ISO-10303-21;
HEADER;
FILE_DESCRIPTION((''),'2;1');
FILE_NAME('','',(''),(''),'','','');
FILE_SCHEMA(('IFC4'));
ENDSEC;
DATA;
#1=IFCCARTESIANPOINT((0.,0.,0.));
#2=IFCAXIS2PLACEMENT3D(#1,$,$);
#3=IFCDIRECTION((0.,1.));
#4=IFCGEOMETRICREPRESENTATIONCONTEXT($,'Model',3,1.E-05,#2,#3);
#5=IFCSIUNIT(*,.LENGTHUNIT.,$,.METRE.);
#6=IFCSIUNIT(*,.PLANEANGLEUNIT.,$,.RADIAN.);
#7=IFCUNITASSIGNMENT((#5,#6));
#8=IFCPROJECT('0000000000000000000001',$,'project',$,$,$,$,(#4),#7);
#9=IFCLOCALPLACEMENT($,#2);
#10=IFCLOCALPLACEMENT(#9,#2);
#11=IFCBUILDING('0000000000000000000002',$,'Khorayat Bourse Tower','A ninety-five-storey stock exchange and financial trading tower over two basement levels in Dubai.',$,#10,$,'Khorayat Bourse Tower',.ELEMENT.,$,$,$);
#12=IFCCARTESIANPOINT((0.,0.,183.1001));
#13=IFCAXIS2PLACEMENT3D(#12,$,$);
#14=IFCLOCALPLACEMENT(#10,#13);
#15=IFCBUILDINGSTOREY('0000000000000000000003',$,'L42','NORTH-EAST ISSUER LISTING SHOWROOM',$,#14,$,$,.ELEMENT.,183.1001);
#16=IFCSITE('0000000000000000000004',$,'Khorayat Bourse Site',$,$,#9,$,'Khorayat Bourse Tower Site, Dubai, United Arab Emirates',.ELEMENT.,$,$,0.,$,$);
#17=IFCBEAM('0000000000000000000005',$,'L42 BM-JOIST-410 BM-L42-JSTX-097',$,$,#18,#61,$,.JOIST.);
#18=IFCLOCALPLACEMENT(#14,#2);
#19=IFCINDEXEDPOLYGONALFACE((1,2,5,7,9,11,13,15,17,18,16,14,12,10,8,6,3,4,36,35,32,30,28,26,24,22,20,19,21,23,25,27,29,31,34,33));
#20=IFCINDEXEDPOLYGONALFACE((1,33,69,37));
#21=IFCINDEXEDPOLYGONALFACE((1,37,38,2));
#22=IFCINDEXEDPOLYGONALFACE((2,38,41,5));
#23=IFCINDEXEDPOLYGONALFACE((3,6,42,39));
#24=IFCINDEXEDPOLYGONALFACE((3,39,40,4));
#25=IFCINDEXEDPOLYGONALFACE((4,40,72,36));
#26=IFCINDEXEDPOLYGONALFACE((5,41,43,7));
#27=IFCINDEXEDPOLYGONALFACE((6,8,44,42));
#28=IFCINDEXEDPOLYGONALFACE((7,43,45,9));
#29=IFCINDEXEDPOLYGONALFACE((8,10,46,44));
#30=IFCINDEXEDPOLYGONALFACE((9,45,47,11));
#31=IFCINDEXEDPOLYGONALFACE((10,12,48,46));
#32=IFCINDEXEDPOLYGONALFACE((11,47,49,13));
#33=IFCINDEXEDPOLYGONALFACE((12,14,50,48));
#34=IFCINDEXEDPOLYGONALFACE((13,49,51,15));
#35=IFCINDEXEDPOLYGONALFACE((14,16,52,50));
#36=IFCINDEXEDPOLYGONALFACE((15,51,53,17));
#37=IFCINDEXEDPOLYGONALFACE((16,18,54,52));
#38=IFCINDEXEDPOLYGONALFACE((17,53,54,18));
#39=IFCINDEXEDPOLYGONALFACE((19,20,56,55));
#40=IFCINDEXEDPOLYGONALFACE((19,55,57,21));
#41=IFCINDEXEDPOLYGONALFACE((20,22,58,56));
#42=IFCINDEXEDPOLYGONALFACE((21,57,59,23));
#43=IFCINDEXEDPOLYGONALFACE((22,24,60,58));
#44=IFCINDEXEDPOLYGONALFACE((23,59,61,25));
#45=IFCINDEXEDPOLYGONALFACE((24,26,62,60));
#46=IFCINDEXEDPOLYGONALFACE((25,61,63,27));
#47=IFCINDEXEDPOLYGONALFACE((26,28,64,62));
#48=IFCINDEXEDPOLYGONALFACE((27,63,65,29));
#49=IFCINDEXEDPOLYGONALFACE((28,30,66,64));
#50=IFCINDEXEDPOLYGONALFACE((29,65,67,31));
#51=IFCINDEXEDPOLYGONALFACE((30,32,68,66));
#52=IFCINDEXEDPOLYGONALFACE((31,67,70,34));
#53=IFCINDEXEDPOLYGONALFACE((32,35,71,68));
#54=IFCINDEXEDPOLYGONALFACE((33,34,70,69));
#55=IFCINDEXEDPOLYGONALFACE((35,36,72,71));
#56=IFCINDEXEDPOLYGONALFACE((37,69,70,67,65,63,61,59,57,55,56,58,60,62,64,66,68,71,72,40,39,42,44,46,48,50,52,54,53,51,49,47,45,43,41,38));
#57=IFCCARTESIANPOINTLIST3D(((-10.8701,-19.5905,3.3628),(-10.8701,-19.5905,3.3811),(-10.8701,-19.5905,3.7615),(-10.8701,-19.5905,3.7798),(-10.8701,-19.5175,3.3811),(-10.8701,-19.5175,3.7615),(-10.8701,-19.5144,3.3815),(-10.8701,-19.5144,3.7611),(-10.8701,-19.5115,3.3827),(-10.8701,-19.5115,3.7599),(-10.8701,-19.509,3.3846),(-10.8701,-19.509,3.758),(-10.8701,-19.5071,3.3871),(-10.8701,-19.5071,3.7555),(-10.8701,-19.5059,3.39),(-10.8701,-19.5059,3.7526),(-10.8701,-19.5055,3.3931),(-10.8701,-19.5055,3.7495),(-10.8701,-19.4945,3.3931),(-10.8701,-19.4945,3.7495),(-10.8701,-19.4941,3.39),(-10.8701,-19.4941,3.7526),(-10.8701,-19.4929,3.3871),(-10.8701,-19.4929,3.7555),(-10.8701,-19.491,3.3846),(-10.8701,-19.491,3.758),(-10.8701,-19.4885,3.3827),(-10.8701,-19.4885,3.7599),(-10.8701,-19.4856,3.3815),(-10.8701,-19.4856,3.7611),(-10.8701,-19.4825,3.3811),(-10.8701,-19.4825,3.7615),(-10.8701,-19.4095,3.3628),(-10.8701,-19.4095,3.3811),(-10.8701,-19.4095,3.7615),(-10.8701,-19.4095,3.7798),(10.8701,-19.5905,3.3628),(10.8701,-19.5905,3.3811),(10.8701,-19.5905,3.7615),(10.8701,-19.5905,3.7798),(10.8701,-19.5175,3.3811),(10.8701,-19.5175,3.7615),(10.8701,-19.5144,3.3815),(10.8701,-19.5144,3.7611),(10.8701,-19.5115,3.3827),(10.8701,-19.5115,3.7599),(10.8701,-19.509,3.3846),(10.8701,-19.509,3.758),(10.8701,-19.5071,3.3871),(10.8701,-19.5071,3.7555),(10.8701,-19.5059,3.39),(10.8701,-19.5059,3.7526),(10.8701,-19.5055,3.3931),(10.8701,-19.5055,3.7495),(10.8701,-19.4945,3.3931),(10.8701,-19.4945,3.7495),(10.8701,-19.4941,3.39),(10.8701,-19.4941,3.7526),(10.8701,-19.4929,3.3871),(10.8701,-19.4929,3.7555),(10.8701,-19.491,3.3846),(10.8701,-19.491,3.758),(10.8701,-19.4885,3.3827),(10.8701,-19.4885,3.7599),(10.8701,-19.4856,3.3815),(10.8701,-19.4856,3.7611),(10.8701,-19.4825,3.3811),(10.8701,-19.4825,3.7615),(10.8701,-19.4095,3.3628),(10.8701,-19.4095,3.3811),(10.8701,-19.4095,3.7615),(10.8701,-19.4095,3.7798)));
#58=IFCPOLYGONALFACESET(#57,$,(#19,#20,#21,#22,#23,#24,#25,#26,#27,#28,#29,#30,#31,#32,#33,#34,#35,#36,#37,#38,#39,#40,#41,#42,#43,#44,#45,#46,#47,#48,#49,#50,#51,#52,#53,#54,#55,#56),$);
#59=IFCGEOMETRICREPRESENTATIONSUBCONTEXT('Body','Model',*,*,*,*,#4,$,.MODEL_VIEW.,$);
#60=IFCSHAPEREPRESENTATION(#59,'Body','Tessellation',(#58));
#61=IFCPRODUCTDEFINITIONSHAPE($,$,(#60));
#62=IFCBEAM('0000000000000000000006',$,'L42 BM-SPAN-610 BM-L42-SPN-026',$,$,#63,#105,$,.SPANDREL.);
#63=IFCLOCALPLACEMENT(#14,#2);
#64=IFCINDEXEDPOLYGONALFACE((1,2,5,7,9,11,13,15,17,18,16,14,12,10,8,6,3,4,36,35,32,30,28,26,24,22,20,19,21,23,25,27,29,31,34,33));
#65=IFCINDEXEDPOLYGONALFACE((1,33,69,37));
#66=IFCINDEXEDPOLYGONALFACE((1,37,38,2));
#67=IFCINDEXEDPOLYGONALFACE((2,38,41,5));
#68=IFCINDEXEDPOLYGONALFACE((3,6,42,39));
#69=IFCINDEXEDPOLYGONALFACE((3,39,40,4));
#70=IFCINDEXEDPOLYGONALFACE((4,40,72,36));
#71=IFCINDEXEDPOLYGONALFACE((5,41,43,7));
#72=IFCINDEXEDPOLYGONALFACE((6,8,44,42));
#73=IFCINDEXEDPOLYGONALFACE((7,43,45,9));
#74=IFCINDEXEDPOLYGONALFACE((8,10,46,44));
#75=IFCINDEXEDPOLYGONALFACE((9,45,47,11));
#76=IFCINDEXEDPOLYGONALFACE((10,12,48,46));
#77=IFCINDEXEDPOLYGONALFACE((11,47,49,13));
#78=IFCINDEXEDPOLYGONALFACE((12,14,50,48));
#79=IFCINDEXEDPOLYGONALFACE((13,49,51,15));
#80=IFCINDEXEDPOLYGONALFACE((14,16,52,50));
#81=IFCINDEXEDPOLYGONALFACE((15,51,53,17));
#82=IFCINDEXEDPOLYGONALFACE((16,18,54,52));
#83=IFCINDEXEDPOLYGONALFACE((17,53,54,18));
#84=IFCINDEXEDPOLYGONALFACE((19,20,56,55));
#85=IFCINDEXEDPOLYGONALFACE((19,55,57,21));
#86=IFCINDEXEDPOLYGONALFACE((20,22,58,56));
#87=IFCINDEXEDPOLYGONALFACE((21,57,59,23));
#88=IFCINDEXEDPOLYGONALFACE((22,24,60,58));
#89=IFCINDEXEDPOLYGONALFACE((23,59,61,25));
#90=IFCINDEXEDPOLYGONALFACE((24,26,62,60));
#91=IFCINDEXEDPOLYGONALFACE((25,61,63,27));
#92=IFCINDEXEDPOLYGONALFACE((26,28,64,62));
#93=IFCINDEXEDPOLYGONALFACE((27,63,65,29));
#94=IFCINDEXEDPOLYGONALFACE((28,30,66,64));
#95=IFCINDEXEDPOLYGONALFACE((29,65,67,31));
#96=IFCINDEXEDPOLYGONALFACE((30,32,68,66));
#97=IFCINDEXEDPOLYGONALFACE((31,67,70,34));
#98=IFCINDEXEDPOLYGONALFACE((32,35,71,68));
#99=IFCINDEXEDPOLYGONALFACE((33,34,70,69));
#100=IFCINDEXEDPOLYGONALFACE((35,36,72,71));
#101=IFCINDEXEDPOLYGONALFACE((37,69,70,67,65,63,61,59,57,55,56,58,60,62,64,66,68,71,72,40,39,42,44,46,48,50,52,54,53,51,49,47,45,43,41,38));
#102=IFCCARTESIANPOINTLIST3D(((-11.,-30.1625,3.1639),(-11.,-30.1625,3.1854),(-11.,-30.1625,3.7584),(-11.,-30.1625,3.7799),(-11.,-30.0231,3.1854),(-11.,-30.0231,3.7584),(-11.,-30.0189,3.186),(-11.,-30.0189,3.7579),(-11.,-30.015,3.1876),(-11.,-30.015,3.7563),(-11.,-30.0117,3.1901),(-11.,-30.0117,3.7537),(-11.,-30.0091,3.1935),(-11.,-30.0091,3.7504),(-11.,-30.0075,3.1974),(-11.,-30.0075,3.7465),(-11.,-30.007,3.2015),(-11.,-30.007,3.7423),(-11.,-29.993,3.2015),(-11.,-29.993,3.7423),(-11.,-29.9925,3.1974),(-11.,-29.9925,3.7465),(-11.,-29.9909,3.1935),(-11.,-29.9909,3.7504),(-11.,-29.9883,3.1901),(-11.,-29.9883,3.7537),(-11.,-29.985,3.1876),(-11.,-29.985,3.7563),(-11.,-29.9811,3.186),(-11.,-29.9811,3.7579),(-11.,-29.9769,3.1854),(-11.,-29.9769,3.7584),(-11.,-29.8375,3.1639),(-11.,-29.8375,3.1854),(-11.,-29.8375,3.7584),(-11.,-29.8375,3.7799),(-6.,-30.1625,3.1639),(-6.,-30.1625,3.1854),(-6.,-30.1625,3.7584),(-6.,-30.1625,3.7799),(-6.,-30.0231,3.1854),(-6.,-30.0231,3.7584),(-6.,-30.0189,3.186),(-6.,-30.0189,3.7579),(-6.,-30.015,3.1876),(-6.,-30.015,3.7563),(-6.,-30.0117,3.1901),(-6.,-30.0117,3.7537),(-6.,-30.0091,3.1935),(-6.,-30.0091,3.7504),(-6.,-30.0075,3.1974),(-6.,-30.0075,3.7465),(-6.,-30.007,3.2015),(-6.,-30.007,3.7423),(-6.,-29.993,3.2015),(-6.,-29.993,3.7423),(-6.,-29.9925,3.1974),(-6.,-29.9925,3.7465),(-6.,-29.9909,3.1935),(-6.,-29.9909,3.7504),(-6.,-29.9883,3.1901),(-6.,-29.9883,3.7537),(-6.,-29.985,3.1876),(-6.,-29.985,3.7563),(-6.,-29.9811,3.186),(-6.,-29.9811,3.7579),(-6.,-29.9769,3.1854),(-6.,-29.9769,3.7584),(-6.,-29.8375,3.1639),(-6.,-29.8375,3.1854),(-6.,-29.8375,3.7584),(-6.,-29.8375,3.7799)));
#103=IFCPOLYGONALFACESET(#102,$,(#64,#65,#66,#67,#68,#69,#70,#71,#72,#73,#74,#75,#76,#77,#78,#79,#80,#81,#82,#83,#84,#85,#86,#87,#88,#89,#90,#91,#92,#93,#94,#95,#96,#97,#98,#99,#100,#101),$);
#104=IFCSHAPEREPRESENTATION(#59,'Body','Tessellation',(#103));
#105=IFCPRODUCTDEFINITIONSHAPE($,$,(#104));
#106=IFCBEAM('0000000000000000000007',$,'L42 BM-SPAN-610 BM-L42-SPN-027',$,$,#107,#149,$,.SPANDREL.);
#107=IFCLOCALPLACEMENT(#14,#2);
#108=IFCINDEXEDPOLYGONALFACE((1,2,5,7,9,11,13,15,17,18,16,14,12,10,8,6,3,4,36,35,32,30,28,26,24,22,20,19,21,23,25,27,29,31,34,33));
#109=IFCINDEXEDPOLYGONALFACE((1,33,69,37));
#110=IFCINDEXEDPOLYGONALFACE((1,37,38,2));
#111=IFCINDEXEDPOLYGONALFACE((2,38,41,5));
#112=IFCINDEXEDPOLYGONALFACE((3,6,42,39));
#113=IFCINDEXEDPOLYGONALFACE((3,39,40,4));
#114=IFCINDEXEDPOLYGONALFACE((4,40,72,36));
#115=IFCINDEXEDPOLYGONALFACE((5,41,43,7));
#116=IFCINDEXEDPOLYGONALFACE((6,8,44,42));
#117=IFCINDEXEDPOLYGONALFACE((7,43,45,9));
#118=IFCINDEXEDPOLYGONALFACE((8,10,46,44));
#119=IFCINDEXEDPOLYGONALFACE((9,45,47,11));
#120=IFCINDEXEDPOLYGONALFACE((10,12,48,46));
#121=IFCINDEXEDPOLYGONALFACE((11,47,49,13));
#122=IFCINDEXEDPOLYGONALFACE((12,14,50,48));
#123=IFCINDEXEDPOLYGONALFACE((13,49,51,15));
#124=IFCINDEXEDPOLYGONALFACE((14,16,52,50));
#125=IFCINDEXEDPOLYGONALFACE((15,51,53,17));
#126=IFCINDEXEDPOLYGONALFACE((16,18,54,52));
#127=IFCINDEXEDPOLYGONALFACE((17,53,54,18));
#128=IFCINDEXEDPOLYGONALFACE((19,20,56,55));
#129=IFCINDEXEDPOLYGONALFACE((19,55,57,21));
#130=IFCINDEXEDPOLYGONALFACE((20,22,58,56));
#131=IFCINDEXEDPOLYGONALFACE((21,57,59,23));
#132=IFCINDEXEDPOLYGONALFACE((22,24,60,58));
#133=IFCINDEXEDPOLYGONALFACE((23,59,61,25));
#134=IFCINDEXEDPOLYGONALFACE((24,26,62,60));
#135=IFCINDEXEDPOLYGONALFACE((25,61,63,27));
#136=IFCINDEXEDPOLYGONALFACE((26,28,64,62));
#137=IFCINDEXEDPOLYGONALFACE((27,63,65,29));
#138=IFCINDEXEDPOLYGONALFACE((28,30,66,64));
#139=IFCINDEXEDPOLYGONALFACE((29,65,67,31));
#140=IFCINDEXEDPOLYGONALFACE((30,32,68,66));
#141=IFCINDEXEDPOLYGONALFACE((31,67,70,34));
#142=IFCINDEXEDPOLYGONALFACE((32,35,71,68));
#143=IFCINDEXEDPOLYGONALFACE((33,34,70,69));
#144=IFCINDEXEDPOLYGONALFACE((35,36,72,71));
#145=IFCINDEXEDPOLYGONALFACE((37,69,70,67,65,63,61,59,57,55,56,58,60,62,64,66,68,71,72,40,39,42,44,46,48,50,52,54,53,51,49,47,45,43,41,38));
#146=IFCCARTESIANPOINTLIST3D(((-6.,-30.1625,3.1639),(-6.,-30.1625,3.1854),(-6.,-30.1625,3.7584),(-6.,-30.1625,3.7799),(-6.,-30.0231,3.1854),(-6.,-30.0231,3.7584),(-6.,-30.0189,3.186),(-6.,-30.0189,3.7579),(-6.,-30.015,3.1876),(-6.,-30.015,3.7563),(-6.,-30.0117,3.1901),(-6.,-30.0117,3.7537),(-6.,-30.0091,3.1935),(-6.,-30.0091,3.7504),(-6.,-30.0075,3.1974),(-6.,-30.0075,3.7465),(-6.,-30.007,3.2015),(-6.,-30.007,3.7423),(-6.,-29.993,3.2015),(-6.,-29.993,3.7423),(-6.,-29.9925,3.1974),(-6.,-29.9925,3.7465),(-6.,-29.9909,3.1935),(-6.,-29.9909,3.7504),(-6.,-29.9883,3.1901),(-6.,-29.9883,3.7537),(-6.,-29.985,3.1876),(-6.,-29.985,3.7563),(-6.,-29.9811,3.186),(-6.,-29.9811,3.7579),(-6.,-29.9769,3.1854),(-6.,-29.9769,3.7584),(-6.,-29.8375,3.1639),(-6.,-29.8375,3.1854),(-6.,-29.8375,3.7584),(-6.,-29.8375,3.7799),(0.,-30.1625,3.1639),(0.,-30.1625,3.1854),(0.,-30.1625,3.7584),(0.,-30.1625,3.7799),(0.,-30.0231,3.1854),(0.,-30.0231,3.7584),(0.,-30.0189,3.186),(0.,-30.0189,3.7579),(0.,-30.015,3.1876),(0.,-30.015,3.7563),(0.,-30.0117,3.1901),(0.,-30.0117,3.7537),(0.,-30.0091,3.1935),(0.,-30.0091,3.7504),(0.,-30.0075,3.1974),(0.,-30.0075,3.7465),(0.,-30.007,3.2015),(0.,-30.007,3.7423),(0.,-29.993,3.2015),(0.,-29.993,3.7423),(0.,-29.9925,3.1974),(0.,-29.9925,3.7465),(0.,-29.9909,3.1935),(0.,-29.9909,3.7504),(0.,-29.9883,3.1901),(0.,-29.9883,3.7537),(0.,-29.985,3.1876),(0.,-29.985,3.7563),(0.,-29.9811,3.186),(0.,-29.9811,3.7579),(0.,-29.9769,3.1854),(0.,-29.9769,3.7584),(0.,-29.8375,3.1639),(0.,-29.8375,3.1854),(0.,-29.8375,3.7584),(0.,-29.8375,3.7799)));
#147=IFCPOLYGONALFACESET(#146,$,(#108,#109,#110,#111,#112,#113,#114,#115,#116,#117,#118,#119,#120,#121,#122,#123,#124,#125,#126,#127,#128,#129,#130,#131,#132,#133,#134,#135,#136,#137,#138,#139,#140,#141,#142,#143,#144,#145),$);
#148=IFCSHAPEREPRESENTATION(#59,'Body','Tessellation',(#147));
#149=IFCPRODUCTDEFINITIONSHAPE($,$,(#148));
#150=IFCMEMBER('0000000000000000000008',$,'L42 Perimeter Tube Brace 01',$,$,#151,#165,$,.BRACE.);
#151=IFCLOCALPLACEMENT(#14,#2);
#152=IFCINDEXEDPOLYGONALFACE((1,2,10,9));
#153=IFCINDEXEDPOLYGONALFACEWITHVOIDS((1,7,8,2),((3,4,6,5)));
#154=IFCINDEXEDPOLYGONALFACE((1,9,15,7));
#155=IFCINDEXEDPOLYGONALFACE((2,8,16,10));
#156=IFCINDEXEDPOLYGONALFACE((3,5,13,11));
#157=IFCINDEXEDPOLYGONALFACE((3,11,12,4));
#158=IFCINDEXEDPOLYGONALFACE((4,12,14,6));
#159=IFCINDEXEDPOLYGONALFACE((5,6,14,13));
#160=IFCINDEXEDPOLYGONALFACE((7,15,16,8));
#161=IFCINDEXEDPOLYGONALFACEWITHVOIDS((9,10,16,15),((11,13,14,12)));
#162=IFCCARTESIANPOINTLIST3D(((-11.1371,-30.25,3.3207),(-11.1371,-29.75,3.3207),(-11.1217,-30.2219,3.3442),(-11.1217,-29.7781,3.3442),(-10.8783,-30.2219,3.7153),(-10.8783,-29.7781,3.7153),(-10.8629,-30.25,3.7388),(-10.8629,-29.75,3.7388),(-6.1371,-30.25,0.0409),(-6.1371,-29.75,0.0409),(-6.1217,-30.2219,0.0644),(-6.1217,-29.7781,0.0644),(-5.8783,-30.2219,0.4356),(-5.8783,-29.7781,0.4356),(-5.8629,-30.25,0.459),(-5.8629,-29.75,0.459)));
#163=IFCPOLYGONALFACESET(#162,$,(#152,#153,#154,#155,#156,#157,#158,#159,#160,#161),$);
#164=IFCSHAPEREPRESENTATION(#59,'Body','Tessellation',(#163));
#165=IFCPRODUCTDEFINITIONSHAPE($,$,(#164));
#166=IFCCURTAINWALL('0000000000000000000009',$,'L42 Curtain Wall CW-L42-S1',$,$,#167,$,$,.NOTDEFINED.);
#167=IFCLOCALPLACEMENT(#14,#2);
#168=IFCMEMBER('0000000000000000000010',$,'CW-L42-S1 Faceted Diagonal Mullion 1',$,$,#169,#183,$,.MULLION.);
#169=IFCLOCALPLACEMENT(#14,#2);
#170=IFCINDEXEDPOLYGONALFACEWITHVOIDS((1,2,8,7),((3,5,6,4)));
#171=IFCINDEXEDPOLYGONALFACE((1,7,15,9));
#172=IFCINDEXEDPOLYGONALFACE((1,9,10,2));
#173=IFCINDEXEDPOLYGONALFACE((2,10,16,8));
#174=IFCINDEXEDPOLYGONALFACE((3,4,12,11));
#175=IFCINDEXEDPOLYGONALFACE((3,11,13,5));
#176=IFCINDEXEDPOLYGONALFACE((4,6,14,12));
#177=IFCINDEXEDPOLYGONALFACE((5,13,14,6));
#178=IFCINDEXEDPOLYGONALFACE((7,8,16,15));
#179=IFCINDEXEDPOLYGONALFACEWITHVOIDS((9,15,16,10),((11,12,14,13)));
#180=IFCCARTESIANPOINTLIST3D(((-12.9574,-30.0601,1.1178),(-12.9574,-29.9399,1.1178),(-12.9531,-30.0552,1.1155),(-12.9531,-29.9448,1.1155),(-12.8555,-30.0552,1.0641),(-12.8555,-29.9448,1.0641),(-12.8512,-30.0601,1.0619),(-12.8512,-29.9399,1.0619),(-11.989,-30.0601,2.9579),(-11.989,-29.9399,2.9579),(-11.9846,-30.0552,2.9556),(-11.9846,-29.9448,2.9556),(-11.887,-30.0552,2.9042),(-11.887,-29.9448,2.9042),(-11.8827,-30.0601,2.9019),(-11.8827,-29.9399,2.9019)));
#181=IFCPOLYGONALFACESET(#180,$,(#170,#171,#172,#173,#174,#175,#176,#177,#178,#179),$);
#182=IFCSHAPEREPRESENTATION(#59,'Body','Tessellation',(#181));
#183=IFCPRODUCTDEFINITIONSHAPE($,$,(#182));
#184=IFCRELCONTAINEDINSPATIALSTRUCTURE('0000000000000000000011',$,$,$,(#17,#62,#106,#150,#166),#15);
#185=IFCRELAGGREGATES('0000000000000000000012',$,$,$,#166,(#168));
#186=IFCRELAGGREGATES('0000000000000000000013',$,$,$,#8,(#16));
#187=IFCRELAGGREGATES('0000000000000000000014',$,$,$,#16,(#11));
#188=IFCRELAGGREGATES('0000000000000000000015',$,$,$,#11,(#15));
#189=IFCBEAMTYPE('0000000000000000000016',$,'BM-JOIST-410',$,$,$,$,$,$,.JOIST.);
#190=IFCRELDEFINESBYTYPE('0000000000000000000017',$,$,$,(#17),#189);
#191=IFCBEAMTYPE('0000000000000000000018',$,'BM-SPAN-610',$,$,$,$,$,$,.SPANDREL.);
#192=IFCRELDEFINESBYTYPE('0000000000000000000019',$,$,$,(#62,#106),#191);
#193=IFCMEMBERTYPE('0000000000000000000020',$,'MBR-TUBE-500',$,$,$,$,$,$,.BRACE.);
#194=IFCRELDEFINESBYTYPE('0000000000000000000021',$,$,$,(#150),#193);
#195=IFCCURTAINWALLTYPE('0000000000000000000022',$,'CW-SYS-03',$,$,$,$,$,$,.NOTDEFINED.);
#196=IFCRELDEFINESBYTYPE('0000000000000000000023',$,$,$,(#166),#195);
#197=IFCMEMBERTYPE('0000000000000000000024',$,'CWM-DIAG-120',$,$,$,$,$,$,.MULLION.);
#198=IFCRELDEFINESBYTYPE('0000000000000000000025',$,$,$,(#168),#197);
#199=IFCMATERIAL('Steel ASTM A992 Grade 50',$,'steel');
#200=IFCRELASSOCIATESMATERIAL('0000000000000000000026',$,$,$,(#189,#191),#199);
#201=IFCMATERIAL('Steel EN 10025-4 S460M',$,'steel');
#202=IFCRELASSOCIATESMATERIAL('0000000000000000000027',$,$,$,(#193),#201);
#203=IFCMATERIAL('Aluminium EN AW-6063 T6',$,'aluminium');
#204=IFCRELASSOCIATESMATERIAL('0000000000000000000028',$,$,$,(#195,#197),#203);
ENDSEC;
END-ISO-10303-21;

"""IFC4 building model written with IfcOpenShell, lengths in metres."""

from ifc_helpers import new_model, si_unit, direction, frame, origin, origin_2d, place, context, subcontext, project, spatial, hollow_rectangle, i_section, extrude, source, transform, mapped, material, material_profile, profile_set, type_object, element, aggregate, save


model = new_model("IFC4")

# Units and contexts
model_context = context("Model", 3, precision=1e-05, world=origin(), true_north=direction((0.0, 1.0)))
body_context = subcontext(model_context, "Body", "Model", "MODEL_VIEW")
ifc_project = project(units=[si_unit("LENGTHUNIT", "METRE"), si_unit("PLANEANGLEUNIT", "RADIAN")], contexts=[model_context])

# Site, building, storey
site_placement = place(None, origin())
site = spatial("IfcSite", under=ifc_project, at=site_placement, Name="Khorayat Bourse Site", LongName="Khorayat Bourse Tower Site, Dubai, United Arab Emirates", CompositionType="ELEMENT", RefElevation=0.0)
building_placement = place(site_placement, origin())
building = spatial("IfcBuilding", under=site, at=building_placement, Name="Khorayat Bourse Tower", Description="A ninety-five-storey stock exchange and financial trading tower over two basement levels in Dubai.", LongName="Khorayat Bourse Tower", CompositionType="ELEMENT")
storey_placement = place(building_placement, frame((0.0, 0.0, 183.1001)))
storey = spatial("IfcBuildingStorey", under=building, at=storey_placement, Name="L42", Description="NORTH-EAST ISSUER LISTING SHOWROOM", CompositionType="ELEMENT", Elevation=183.1001)

# Shared definitions
ifc_material_1 = material(Name="Steel EN 10025-4 S460M", Category="steel")

# Beams
ifc_material_2 = material(Name="Steel ASTM A992 Grade 50", Category="steel")
ifc_material_profile_1 = material_profile(ifc_material_2, i_section(OverallWidth=0.1809, OverallDepth=0.417, WebThickness=0.011, FlangeThickness=0.0183, FilletRadius=0.012, at=origin_2d()), Name="W410X85")
ifc_profile_set_1 = profile_set([ifc_material_profile_1], Name="Steel ASTM A992 Grade 50")
beam_type_1 = type_object("IfcBeamType", Name="BM-JOIST-410", PredefinedType="JOIST", material=ifc_profile_set_1)
shared_shape_1 = source(origin(), body_context, "Body", "SweptSolid", [
    extrude(i_section(OverallWidth=0.1809, OverallDepth=0.417, WebThickness=0.011, FlangeThickness=0.0183, FilletRadius=0.012, at=origin_2d()), origin(), (0.0, 0.0, 1.0), 21.7402),
])
beam_1_placement = place(storey_placement, frame((-10.8701, -19.5, 3.5713), z_axis=(1.0, 0.0, 0.0), x_axis=(0.0, 1.0, 0.0)))
element("IfcBeam", 1, at=beam_1_placement, inside=storey, type_object=beam_type_1, Name="L42 BM-JOIST-410 BM-L42-JSTX-097", PredefinedType="JOIST", context=body_context, shape_type="MappedRepresentation", body=[
    mapped(shared_shape_1, transform((0.0, 0.0, 0.0), scale=1.0)),
])
ifc_material_profile_2 = material_profile(ifc_material_2, i_section(OverallWidth=0.325, OverallDepth=0.616, WebThickness=0.0139, FlangeThickness=0.0215, FilletRadius=0.0161, at=origin_2d()), Name="W610X174")
ifc_profile_set_2 = profile_set([ifc_material_profile_2], Name="Steel ASTM A992 Grade 50")
beam_type_2 = type_object("IfcBeamType", Name="BM-SPAN-610", PredefinedType="SPANDREL", material=ifc_profile_set_2)
shared_shape_2 = source(origin(), body_context, "Body", "SweptSolid", [
    extrude(i_section(OverallWidth=0.325, OverallDepth=0.616, WebThickness=0.0139, FlangeThickness=0.0215, FilletRadius=0.0161, at=origin_2d()), origin(), (0.0, 0.0, 1.0), 5.0),
])
beam_2_placement = place(storey_placement, frame((-11.0, -30.0, 3.4719), z_axis=(1.0, 0.0, 0.0), x_axis=(0.0, 1.0, 0.0)))
element("IfcBeam", 2, at=beam_2_placement, inside=storey, type_object=beam_type_2, Name="L42 BM-SPAN-610 BM-L42-SPN-026", PredefinedType="SPANDREL", context=body_context, shape_type="MappedRepresentation", body=[
    mapped(shared_shape_2, transform((0.0, 0.0, 0.0), scale=1.0)),
])
shared_shape_3 = source(origin(), body_context, "Body", "SweptSolid", [
    extrude(i_section(OverallWidth=0.325, OverallDepth=0.616, WebThickness=0.0139, FlangeThickness=0.0215, FilletRadius=0.0161, at=origin_2d()), origin(), (0.0, 0.0, 1.0), 6.0),
])
beam_3_placement = place(storey_placement, frame((-6.0, -30.0, 3.4719), z_axis=(1.0, 0.0, 0.0), x_axis=(0.0, 1.0, 0.0)))
element("IfcBeam", 3, at=beam_3_placement, inside=storey, type_object=beam_type_2, Name="L42 BM-SPAN-610 BM-L42-SPN-027", PredefinedType="SPANDREL", context=body_context, shape_type="MappedRepresentation", body=[
    mapped(shared_shape_3, transform((0.0, 0.0, 0.0), scale=1.0)),
])

# Member
ifc_material_profile_3 = material_profile(ifc_material_1, hollow_rectangle(XDim=0.5, YDim=0.5, WallThickness=0.0281, at=origin_2d()), Name="HSS 500x500x28")
ifc_profile_set_3 = profile_set([ifc_material_profile_3], Name="Steel EN 10025-4 S460M")
member_type_1 = type_object("IfcMemberType", Name="MBR-TUBE-500", PredefinedType="BRACE", material=ifc_profile_set_3)
shared_shape_4 = source(origin(), body_context, "Body", "SweptSolid", [
    extrude(hollow_rectangle(XDim=0.5, YDim=0.5, WallThickness=0.0281, at=origin_2d()), origin(), (0.0, 0.0, 1.0), 5.9797),
])
member_1_placement = place(storey_placement, frame((-11.0, -30.0, 3.5298), z_axis=(0.83616, 0.0, -0.548485), x_axis=(0.0, 1.0, 0.0)))
element("IfcMember", 4, at=member_1_placement, inside=storey, type_object=member_type_1, Name="L42 Perimeter Tube Brace 01", PredefinedType="BRACE", context=body_context, shape_type="MappedRepresentation", body=[
    mapped(shared_shape_4, transform((0.0, 0.0, 0.0), scale=1.0)),
])

# Curtain wall, member
ifc_material_3 = material(Name="Aluminium EN AW-6063 T6", Category="aluminium")
curtain_wall_type = type_object("IfcCurtainWallType", Name="CW-SYS-03", PredefinedType="NOTDEFINED", material=ifc_material_3)
curtain_wall_placement = place(storey_placement, origin())
curtain_wall = element("IfcCurtainWall", 5, at=curtain_wall_placement, inside=storey, type_object=curtain_wall_type, Name="L42 Curtain Wall CW-L42-S1", PredefinedType="NOTDEFINED")
ifc_material_profile_4 = material_profile(ifc_material_3, hollow_rectangle(XDim=0.1201, YDim=0.1201, WallThickness=0.0049, at=origin_2d()), Name="ALU 120x120x5")
ifc_profile_set_4 = profile_set([ifc_material_profile_4], Name="Aluminium EN AW-6063 T6")
member_type_2 = type_object("IfcMemberType", Name="CWM-DIAG-120", PredefinedType="MULLION", material=ifc_profile_set_4)
shared_shape_5 = source(origin(), body_context, "Body", "SweptSolid", [
    extrude(hollow_rectangle(XDim=0.1201, YDim=0.1201, WallThickness=0.0049, at=origin_2d()), origin(), (0.0, 0.0, 1.0), 2.0793),
])
member_2_placement = place(storey_placement, frame((-12.9043, -30.0, 1.0898), z_axis=(0.465761, 0.0, 0.884911), x_axis=(0.0, 1.0, 0.0)))
member_2 = element("IfcMember", 6, at=member_2_placement, type_object=member_type_2, Name="CW-L42-S1 Faceted Diagonal Mullion 1", PredefinedType="MULLION", context=body_context, shape_type="MappedRepresentation", body=[
    mapped(shared_shape_5, transform((0.0, 0.0, 0.0), scale=1.0)),
])

aggregate(curtain_wall, [member_2])

save(model, "model.ifc")
